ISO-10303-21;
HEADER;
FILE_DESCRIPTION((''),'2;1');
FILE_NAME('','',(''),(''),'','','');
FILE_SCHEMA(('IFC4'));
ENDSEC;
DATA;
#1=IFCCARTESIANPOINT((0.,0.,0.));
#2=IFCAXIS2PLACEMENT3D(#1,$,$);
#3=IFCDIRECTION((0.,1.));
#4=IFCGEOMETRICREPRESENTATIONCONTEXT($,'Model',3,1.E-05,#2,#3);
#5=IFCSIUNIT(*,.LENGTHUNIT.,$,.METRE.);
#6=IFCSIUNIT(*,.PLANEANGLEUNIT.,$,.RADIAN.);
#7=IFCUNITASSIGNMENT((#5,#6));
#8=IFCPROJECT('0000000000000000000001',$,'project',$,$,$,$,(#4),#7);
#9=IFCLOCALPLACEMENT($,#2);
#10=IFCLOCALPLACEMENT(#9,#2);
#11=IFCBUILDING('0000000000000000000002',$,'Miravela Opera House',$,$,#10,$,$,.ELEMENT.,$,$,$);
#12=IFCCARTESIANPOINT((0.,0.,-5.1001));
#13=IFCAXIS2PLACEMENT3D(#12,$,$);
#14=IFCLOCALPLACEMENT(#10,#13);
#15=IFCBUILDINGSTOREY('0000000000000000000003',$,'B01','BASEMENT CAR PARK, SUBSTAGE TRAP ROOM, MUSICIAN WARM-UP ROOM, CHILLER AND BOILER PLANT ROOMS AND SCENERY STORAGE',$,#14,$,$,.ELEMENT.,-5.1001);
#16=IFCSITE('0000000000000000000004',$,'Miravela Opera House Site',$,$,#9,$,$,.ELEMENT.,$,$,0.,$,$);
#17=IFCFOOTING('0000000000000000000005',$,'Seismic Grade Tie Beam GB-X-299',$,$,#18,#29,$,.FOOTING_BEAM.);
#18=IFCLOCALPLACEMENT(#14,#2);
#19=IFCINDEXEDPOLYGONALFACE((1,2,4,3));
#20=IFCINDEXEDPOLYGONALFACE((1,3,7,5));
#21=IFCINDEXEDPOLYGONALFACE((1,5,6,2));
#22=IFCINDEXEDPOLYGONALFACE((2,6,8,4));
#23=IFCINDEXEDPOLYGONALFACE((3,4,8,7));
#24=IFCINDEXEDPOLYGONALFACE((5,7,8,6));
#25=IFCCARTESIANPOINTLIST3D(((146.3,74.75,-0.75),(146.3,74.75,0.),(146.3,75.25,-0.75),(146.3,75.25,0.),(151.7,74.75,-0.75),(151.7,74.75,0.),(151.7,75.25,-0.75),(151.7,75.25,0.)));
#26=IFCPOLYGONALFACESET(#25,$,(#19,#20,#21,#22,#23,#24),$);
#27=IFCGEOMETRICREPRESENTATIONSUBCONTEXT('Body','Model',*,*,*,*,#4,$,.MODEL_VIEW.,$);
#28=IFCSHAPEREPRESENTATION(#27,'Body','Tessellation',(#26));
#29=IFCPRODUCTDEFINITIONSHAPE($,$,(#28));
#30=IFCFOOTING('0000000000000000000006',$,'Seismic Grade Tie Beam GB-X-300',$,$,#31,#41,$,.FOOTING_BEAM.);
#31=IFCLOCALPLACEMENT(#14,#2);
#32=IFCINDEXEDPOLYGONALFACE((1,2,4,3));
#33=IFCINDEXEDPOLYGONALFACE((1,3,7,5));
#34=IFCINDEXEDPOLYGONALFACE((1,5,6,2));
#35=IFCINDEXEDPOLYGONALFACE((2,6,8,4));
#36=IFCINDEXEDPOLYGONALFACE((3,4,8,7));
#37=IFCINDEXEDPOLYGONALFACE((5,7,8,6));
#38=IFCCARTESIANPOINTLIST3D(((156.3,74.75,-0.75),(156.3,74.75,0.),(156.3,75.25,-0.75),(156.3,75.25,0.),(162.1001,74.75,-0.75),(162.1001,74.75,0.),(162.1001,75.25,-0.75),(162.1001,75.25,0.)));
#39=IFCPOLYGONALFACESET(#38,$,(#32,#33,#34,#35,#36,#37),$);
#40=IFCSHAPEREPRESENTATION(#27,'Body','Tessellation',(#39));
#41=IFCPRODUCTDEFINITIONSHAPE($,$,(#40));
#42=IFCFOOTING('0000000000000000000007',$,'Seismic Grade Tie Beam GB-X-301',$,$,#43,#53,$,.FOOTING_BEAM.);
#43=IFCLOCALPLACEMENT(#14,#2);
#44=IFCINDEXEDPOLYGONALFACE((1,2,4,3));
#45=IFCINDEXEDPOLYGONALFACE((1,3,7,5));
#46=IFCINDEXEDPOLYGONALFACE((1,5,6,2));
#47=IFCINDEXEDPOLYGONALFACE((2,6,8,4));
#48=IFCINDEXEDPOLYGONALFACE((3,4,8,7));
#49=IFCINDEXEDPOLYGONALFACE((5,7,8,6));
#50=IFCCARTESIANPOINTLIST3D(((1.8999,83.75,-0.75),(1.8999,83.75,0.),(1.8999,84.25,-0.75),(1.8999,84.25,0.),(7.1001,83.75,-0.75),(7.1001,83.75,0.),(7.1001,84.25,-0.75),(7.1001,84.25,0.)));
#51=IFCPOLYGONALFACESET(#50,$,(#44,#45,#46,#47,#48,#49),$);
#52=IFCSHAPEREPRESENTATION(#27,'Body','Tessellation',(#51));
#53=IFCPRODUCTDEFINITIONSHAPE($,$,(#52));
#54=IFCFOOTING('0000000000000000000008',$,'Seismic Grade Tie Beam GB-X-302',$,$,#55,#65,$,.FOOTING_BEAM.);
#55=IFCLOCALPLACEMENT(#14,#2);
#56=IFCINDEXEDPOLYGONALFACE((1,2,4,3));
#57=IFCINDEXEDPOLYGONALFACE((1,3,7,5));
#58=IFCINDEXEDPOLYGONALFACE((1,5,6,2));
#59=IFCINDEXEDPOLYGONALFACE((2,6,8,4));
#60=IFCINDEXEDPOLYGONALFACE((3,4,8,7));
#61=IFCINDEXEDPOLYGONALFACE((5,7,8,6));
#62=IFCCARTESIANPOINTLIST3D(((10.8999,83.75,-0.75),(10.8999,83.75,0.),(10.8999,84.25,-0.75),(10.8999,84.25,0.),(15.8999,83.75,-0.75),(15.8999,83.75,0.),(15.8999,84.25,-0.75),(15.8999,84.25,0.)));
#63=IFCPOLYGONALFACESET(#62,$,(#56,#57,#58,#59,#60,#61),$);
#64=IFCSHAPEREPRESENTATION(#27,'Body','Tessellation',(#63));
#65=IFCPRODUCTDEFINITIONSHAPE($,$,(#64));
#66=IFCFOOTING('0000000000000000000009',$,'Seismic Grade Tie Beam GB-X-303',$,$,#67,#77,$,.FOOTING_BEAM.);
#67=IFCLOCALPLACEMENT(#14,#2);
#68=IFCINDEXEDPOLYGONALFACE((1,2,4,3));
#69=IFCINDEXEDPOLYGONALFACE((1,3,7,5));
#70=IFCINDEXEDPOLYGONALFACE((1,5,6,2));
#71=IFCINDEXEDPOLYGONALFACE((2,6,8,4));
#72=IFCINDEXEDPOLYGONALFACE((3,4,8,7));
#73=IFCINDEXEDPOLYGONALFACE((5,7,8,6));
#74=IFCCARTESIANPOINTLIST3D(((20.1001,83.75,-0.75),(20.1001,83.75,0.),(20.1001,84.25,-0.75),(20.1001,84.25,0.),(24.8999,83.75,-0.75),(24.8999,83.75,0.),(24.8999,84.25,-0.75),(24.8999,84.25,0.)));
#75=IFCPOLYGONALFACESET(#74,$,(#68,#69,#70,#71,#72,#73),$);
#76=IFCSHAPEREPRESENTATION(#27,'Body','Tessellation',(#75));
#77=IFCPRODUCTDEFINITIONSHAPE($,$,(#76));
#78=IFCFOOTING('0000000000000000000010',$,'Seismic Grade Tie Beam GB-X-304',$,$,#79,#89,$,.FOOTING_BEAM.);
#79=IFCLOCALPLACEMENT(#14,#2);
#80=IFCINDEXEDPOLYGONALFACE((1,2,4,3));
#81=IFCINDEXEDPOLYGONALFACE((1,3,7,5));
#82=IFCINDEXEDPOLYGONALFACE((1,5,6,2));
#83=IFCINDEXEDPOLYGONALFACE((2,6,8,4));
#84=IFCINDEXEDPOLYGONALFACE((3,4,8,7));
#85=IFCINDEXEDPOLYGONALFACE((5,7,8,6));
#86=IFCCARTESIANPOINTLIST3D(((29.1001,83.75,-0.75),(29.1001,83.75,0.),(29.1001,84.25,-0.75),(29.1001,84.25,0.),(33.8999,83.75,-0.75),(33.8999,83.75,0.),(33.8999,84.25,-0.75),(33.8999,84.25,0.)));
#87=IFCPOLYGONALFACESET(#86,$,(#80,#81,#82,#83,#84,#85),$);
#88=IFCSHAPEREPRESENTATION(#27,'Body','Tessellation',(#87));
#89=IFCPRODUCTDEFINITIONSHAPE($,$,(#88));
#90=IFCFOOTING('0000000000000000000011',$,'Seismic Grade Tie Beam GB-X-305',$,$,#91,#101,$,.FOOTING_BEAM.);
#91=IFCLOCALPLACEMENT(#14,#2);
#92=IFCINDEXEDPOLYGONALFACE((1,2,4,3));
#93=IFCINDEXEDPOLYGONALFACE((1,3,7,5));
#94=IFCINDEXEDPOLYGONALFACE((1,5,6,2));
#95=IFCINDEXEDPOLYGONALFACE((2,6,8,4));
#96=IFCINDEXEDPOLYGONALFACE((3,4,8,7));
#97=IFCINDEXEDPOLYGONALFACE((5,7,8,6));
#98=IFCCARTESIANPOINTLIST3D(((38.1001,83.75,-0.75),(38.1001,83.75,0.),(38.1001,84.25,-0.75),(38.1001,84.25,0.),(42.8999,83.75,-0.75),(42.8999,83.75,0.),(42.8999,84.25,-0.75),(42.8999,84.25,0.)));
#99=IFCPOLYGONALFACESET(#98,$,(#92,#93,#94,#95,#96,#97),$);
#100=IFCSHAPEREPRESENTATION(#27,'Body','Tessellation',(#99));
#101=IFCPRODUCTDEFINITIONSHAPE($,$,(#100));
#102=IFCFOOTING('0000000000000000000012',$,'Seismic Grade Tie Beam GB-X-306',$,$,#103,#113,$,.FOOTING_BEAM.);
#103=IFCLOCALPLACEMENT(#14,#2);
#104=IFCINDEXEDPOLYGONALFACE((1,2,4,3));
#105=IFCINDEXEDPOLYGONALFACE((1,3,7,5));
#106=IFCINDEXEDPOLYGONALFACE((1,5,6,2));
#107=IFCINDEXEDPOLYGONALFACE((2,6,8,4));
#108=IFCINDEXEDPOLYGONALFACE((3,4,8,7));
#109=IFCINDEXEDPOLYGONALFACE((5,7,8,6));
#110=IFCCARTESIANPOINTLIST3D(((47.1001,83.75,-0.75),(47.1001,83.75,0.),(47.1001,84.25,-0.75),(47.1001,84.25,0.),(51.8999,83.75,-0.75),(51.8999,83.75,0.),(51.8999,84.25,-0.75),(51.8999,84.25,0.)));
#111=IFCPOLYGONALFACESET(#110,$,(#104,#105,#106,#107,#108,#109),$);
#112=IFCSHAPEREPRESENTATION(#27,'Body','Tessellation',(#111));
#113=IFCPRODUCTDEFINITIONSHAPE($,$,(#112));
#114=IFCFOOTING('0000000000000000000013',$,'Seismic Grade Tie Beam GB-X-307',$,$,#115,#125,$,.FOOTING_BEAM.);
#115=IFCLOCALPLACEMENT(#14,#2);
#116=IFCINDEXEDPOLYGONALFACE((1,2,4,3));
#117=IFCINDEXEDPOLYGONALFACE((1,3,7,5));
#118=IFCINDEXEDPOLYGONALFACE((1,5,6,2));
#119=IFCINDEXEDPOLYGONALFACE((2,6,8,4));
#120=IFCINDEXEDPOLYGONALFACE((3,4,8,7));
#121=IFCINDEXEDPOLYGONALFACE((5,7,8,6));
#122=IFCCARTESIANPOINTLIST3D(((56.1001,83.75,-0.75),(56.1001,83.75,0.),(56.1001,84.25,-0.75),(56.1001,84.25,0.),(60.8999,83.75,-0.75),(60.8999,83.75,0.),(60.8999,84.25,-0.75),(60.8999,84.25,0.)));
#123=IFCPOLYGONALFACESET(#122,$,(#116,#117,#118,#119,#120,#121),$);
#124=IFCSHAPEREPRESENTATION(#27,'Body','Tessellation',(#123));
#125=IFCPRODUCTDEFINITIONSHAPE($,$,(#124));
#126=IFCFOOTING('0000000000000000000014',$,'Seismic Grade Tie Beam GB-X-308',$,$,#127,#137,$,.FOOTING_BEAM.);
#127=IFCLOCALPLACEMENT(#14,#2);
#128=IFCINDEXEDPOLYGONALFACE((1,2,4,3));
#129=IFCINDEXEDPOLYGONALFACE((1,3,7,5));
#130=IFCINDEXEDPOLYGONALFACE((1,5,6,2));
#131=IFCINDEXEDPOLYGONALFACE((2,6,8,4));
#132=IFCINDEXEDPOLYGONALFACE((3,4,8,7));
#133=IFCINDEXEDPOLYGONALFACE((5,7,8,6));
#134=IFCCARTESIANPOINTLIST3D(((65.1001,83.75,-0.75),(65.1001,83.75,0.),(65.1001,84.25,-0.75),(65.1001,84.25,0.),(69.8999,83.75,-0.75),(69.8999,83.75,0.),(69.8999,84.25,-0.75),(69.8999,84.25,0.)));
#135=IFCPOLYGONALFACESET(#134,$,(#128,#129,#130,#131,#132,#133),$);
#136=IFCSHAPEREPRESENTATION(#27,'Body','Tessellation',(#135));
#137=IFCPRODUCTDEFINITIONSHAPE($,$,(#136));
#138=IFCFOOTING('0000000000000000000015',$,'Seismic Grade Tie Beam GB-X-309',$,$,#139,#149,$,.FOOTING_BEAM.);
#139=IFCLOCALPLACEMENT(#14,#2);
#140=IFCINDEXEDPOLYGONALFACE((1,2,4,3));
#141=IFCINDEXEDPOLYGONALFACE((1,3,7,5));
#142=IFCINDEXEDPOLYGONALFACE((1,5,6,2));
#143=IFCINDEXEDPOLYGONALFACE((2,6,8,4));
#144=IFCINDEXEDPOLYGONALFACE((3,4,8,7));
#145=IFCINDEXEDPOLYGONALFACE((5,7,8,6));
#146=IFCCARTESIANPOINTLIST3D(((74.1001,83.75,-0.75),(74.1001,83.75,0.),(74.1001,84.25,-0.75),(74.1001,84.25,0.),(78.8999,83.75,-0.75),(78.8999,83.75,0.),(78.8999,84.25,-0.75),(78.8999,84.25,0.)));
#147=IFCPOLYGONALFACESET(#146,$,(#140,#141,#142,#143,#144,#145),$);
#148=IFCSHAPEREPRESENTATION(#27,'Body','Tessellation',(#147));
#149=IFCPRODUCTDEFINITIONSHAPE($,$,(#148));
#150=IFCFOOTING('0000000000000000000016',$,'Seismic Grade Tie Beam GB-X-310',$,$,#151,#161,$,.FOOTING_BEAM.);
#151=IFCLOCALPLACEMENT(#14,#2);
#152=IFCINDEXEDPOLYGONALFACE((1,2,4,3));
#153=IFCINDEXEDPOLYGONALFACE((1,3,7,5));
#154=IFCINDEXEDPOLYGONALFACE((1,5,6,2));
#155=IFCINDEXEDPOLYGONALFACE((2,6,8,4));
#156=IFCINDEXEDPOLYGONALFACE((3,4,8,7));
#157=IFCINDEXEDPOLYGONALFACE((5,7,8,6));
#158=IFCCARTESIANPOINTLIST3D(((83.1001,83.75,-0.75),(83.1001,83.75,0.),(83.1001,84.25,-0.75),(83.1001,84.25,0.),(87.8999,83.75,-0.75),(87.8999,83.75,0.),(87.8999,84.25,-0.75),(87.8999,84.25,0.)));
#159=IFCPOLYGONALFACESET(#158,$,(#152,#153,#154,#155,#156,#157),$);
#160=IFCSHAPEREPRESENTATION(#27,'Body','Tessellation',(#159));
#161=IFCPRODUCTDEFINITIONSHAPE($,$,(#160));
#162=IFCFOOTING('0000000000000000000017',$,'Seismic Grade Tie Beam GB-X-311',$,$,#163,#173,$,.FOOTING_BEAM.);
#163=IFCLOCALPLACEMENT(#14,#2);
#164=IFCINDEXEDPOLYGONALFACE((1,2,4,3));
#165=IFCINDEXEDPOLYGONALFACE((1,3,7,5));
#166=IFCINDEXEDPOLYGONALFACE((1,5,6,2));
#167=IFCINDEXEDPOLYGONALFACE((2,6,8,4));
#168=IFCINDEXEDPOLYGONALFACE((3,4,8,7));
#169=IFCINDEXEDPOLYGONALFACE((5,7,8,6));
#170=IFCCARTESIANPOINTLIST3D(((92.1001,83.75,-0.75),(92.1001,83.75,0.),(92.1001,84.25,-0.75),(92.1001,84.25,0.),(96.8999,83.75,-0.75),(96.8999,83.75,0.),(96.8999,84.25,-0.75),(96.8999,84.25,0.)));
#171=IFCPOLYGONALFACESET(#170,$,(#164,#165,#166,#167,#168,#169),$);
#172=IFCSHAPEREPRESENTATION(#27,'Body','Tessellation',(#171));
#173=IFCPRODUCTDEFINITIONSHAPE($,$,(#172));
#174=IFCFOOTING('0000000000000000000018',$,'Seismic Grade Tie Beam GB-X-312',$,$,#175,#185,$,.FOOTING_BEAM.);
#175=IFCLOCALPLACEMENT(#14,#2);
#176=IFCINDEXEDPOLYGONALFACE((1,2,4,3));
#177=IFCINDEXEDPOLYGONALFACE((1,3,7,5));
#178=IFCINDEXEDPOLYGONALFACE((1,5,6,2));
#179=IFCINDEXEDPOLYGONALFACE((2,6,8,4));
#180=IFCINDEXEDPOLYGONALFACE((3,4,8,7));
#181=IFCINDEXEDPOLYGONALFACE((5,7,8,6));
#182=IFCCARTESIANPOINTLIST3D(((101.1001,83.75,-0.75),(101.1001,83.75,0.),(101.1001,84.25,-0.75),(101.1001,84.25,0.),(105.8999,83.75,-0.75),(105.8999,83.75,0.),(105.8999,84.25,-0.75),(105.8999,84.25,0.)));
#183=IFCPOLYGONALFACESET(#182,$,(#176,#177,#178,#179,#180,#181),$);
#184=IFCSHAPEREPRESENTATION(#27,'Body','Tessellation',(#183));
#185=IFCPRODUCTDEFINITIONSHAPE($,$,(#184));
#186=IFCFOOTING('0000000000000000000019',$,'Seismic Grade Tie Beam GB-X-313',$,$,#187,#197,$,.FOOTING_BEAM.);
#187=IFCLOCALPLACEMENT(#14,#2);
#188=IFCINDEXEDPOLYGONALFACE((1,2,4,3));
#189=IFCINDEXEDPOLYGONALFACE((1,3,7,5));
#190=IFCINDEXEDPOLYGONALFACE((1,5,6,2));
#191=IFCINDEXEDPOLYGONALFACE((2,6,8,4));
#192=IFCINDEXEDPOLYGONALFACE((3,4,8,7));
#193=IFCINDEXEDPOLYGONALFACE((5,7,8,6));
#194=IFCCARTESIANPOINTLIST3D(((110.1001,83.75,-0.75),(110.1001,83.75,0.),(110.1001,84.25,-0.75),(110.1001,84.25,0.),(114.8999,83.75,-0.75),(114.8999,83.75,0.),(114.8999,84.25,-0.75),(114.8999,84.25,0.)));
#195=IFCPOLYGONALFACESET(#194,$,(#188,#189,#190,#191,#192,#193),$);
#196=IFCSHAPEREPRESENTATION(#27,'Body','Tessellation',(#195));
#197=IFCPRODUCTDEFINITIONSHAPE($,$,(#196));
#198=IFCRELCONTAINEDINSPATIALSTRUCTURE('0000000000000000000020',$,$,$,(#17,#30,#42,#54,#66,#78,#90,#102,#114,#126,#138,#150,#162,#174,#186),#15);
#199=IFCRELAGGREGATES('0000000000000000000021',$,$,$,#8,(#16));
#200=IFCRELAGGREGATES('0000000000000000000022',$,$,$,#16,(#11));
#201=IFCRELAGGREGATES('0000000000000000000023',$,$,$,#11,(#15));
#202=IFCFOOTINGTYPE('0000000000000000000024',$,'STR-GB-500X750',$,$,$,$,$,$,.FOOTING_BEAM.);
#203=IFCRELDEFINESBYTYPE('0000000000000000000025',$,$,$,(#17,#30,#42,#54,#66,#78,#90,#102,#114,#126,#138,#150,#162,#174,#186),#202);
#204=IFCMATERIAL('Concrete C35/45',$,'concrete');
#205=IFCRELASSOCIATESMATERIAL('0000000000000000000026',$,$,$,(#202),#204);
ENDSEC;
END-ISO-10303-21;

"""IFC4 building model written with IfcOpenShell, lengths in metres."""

from ifc_helpers import new_model, si_unit, direction, frame, origin, place, context, subcontext, project, spatial, polyline, outline, extrude, material, type_object, element, save


model = new_model("IFC4")

# Units and contexts
model_context = context("Model", 3, precision=1e-05, world=origin(), true_north=direction((0.0, 1.0)))
body_context = subcontext(model_context, "Body", "Model", "MODEL_VIEW")
ifc_project = project(units=[si_unit("LENGTHUNIT", "METRE"), si_unit("PLANEANGLEUNIT", "RADIAN")], contexts=[model_context])

# Site, building, storey
site_placement = place(None, origin())
site = spatial("IfcSite", under=ifc_project, at=site_placement, Name="Miravela Opera House Site", CompositionType="ELEMENT", RefElevation=0.0)
building_placement = place(site_placement, origin())
building = spatial("IfcBuilding", under=site, at=building_placement, Name="Miravela Opera House", CompositionType="ELEMENT")
storey_placement = place(building_placement, frame((0.0, 0.0, -5.1001)))
storey = spatial("IfcBuildingStorey", under=building, at=storey_placement, Name="B01", Description="BASEMENT CAR PARK, SUBSTAGE TRAP ROOM, MUSICIAN WARM-UP ROOM, CHILLER AND BOILER PLANT ROOMS AND SCENERY STORAGE", CompositionType="ELEMENT", Elevation=-5.1001)

# Footings
ifc_material = material(Name="Concrete C35/45", Category="concrete")
footing_type = type_object("IfcFootingType", Name="STR-GB-500X750", PredefinedType="FOOTING_BEAM", material=ifc_material)
footing_1_placement = place(storey_placement, frame((0.0, 0.0, -0.75)))
element("IfcFooting", 1, at=footing_1_placement, inside=storey, type_object=footing_type, Name="Seismic Grade Tie Beam GB-X-299", PredefinedType="FOOTING_BEAM", context=body_context, shape_type="SweptSolid", body=[
    extrude(outline(polyline([(146.3, 74.75), (151.7, 74.75), (151.7, 75.25), (146.3, 75.25), (146.3, 74.75)])), origin(), (0.0, 0.0, 1.0), 0.75),
])
footing_2_placement = place(storey_placement, frame((0.0, 0.0, -0.75)))
element("IfcFooting", 2, at=footing_2_placement, inside=storey, type_object=footing_type, Name="Seismic Grade Tie Beam GB-X-300", PredefinedType="FOOTING_BEAM", context=body_context, shape_type="SweptSolid", body=[
    extrude(outline(polyline([(156.3, 74.75), (162.1001, 74.75), (162.1001, 75.25), (156.3, 75.25), (156.3, 74.75)])), origin(), (0.0, 0.0, 1.0), 0.75),
])
footing_3_placement = place(storey_placement, frame((0.0, 0.0, -0.75)))
element("IfcFooting", 3, at=footing_3_placement, inside=storey, type_object=footing_type, Name="Seismic Grade Tie Beam GB-X-301", PredefinedType="FOOTING_BEAM", context=body_context, shape_type="SweptSolid", body=[
    extrude(outline(polyline([(1.8999, 83.75), (7.1001, 83.75), (7.1001, 84.25), (1.8999, 84.25), (1.8999, 83.75)])), origin(), (0.0, 0.0, 1.0), 0.75),
])
footing_4_placement = place(storey_placement, frame((0.0, 0.0, -0.75)))
element("IfcFooting", 4, at=footing_4_placement, inside=storey, type_object=footing_type, Name="Seismic Grade Tie Beam GB-X-302", PredefinedType="FOOTING_BEAM", context=body_context, shape_type="SweptSolid", body=[
    extrude(outline(polyline([(10.8999, 83.75), (15.8999, 83.75), (15.8999, 84.25), (10.8999, 84.25), (10.8999, 83.75)])), origin(), (0.0, 0.0, 1.0), 0.75),
])
footing_5_placement = place(storey_placement, frame((0.0, 0.0, -0.75)))
element("IfcFooting", 5, at=footing_5_placement, inside=storey, type_object=footing_type, Name="Seismic Grade Tie Beam GB-X-303", PredefinedType="FOOTING_BEAM", context=body_context, shape_type="SweptSolid", body=[
    extrude(outline(polyline([(20.1001, 83.75), (24.8999, 83.75), (24.8999, 84.25), (20.1001, 84.25), (20.1001, 83.75)])), origin(), (0.0, 0.0, 1.0), 0.75),
])
footing_6_placement = place(storey_placement, frame((0.0, 0.0, -0.75)))
element("IfcFooting", 6, at=footing_6_placement, inside=storey, type_object=footing_type, Name="Seismic Grade Tie Beam GB-X-304", PredefinedType="FOOTING_BEAM", context=body_context, shape_type="SweptSolid", body=[
    extrude(outline(polyline([(29.1001, 83.75), (33.8999, 83.75), (33.8999, 84.25), (29.1001, 84.25), (29.1001, 83.75)])), origin(), (0.0, 0.0, 1.0), 0.75),
])
footing_7_placement = place(storey_placement, frame((0.0, 0.0, -0.75)))
element("IfcFooting", 7, at=footing_7_placement, inside=storey, type_object=footing_type, Name="Seismic Grade Tie Beam GB-X-305", PredefinedType="FOOTING_BEAM", context=body_context, shape_type="SweptSolid", body=[
    extrude(outline(polyline([(38.1001, 83.75), (42.8999, 83.75), (42.8999, 84.25), (38.1001, 84.25), (38.1001, 83.75)])), origin(), (0.0, 0.0, 1.0), 0.75),
])
footing_8_placement = place(storey_placement, frame((0.0, 0.0, -0.75)))
element("IfcFooting", 8, at=footing_8_placement, inside=storey, type_object=footing_type, Name="Seismic Grade Tie Beam GB-X-306", PredefinedType="FOOTING_BEAM", context=body_context, shape_type="SweptSolid", body=[
    extrude(outline(polyline([(47.1001, 83.75), (51.8999, 83.75), (51.8999, 84.25), (47.1001, 84.25), (47.1001, 83.75)])), origin(), (0.0, 0.0, 1.0), 0.75),
])
footing_9_placement = place(storey_placement, frame((0.0, 0.0, -0.75)))
element("IfcFooting", 9, at=footing_9_placement, inside=storey, type_object=footing_type, Name="Seismic Grade Tie Beam GB-X-307", PredefinedType="FOOTING_BEAM", context=body_context, shape_type="SweptSolid", body=[
    extrude(outline(polyline([(56.1001, 83.75), (60.8999, 83.75), (60.8999, 84.25), (56.1001, 84.25), (56.1001, 83.75)])), origin(), (0.0, 0.0, 1.0), 0.75),
])
footing_10_placement = place(storey_placement, frame((0.0, 0.0, -0.75)))
element("IfcFooting", 10, at=footing_10_placement, inside=storey, type_object=footing_type, Name="Seismic Grade Tie Beam GB-X-308", PredefinedType="FOOTING_BEAM", context=body_context, shape_type="SweptSolid", body=[
    extrude(outline(polyline([(65.1001, 83.75), (69.8999, 83.75), (69.8999, 84.25), (65.1001, 84.25), (65.1001, 83.75)])), origin(), (0.0, 0.0, 1.0), 0.75),
])
footing_11_placement = place(storey_placement, frame((0.0, 0.0, -0.75)))
element("IfcFooting", 11, at=footing_11_placement, inside=storey, type_object=footing_type, Name="Seismic Grade Tie Beam GB-X-309", PredefinedType="FOOTING_BEAM", context=body_context, shape_type="SweptSolid", body=[
    extrude(outline(polyline([(74.1001, 83.75), (78.8999, 83.75), (78.8999, 84.25), (74.1001, 84.25), (74.1001, 83.75)])), origin(), (0.0, 0.0, 1.0), 0.75),
])
footing_12_placement = place(storey_placement, frame((0.0, 0.0, -0.75)))
element("IfcFooting", 12, at=footing_12_placement, inside=storey, type_object=footing_type, Name="Seismic Grade Tie Beam GB-X-310", PredefinedType="FOOTING_BEAM", context=body_context, shape_type="SweptSolid", body=[
    extrude(outline(polyline([(83.1001, 83.75), (87.8999, 83.75), (87.8999, 84.25), (83.1001, 84.25), (83.1001, 83.75)])), origin(), (0.0, 0.0, 1.0), 0.75),
])
footing_13_placement = place(storey_placement, frame((0.0, 0.0, -0.75)))
element("IfcFooting", 13, at=footing_13_placement, inside=storey, type_object=footing_type, Name="Seismic Grade Tie Beam GB-X-311", PredefinedType="FOOTING_BEAM", context=body_context, shape_type="SweptSolid", body=[
    extrude(outline(polyline([(92.1001, 83.75), (96.8999, 83.75), (96.8999, 84.25), (92.1001, 84.25), (92.1001, 83.75)])), origin(), (0.0, 0.0, 1.0), 0.75),
])
footing_14_placement = place(storey_placement, frame((0.0, 0.0, -0.75)))
element("IfcFooting", 14, at=footing_14_placement, inside=storey, type_object=footing_type, Name="Seismic Grade Tie Beam GB-X-312", PredefinedType="FOOTING_BEAM", context=body_context, shape_type="SweptSolid", body=[
    extrude(outline(polyline([(101.1001, 83.75), (105.8999, 83.75), (105.8999, 84.25), (101.1001, 84.25), (101.1001, 83.75)])), origin(), (0.0, 0.0, 1.0), 0.75),
])
footing_15_placement = place(storey_placement, frame((0.0, 0.0, -0.75)))
element("IfcFooting", 15, at=footing_15_placement, inside=storey, type_object=footing_type, Name="Seismic Grade Tie Beam GB-X-313", PredefinedType="FOOTING_BEAM", context=body_context, shape_type="SweptSolid", body=[
    extrude(outline(polyline([(110.1001, 83.75), (114.8999, 83.75), (114.8999, 84.25), (110.1001, 84.25), (110.1001, 83.75)])), origin(), (0.0, 0.0, 1.0), 0.75),
])

save(model, "model.ifc")
